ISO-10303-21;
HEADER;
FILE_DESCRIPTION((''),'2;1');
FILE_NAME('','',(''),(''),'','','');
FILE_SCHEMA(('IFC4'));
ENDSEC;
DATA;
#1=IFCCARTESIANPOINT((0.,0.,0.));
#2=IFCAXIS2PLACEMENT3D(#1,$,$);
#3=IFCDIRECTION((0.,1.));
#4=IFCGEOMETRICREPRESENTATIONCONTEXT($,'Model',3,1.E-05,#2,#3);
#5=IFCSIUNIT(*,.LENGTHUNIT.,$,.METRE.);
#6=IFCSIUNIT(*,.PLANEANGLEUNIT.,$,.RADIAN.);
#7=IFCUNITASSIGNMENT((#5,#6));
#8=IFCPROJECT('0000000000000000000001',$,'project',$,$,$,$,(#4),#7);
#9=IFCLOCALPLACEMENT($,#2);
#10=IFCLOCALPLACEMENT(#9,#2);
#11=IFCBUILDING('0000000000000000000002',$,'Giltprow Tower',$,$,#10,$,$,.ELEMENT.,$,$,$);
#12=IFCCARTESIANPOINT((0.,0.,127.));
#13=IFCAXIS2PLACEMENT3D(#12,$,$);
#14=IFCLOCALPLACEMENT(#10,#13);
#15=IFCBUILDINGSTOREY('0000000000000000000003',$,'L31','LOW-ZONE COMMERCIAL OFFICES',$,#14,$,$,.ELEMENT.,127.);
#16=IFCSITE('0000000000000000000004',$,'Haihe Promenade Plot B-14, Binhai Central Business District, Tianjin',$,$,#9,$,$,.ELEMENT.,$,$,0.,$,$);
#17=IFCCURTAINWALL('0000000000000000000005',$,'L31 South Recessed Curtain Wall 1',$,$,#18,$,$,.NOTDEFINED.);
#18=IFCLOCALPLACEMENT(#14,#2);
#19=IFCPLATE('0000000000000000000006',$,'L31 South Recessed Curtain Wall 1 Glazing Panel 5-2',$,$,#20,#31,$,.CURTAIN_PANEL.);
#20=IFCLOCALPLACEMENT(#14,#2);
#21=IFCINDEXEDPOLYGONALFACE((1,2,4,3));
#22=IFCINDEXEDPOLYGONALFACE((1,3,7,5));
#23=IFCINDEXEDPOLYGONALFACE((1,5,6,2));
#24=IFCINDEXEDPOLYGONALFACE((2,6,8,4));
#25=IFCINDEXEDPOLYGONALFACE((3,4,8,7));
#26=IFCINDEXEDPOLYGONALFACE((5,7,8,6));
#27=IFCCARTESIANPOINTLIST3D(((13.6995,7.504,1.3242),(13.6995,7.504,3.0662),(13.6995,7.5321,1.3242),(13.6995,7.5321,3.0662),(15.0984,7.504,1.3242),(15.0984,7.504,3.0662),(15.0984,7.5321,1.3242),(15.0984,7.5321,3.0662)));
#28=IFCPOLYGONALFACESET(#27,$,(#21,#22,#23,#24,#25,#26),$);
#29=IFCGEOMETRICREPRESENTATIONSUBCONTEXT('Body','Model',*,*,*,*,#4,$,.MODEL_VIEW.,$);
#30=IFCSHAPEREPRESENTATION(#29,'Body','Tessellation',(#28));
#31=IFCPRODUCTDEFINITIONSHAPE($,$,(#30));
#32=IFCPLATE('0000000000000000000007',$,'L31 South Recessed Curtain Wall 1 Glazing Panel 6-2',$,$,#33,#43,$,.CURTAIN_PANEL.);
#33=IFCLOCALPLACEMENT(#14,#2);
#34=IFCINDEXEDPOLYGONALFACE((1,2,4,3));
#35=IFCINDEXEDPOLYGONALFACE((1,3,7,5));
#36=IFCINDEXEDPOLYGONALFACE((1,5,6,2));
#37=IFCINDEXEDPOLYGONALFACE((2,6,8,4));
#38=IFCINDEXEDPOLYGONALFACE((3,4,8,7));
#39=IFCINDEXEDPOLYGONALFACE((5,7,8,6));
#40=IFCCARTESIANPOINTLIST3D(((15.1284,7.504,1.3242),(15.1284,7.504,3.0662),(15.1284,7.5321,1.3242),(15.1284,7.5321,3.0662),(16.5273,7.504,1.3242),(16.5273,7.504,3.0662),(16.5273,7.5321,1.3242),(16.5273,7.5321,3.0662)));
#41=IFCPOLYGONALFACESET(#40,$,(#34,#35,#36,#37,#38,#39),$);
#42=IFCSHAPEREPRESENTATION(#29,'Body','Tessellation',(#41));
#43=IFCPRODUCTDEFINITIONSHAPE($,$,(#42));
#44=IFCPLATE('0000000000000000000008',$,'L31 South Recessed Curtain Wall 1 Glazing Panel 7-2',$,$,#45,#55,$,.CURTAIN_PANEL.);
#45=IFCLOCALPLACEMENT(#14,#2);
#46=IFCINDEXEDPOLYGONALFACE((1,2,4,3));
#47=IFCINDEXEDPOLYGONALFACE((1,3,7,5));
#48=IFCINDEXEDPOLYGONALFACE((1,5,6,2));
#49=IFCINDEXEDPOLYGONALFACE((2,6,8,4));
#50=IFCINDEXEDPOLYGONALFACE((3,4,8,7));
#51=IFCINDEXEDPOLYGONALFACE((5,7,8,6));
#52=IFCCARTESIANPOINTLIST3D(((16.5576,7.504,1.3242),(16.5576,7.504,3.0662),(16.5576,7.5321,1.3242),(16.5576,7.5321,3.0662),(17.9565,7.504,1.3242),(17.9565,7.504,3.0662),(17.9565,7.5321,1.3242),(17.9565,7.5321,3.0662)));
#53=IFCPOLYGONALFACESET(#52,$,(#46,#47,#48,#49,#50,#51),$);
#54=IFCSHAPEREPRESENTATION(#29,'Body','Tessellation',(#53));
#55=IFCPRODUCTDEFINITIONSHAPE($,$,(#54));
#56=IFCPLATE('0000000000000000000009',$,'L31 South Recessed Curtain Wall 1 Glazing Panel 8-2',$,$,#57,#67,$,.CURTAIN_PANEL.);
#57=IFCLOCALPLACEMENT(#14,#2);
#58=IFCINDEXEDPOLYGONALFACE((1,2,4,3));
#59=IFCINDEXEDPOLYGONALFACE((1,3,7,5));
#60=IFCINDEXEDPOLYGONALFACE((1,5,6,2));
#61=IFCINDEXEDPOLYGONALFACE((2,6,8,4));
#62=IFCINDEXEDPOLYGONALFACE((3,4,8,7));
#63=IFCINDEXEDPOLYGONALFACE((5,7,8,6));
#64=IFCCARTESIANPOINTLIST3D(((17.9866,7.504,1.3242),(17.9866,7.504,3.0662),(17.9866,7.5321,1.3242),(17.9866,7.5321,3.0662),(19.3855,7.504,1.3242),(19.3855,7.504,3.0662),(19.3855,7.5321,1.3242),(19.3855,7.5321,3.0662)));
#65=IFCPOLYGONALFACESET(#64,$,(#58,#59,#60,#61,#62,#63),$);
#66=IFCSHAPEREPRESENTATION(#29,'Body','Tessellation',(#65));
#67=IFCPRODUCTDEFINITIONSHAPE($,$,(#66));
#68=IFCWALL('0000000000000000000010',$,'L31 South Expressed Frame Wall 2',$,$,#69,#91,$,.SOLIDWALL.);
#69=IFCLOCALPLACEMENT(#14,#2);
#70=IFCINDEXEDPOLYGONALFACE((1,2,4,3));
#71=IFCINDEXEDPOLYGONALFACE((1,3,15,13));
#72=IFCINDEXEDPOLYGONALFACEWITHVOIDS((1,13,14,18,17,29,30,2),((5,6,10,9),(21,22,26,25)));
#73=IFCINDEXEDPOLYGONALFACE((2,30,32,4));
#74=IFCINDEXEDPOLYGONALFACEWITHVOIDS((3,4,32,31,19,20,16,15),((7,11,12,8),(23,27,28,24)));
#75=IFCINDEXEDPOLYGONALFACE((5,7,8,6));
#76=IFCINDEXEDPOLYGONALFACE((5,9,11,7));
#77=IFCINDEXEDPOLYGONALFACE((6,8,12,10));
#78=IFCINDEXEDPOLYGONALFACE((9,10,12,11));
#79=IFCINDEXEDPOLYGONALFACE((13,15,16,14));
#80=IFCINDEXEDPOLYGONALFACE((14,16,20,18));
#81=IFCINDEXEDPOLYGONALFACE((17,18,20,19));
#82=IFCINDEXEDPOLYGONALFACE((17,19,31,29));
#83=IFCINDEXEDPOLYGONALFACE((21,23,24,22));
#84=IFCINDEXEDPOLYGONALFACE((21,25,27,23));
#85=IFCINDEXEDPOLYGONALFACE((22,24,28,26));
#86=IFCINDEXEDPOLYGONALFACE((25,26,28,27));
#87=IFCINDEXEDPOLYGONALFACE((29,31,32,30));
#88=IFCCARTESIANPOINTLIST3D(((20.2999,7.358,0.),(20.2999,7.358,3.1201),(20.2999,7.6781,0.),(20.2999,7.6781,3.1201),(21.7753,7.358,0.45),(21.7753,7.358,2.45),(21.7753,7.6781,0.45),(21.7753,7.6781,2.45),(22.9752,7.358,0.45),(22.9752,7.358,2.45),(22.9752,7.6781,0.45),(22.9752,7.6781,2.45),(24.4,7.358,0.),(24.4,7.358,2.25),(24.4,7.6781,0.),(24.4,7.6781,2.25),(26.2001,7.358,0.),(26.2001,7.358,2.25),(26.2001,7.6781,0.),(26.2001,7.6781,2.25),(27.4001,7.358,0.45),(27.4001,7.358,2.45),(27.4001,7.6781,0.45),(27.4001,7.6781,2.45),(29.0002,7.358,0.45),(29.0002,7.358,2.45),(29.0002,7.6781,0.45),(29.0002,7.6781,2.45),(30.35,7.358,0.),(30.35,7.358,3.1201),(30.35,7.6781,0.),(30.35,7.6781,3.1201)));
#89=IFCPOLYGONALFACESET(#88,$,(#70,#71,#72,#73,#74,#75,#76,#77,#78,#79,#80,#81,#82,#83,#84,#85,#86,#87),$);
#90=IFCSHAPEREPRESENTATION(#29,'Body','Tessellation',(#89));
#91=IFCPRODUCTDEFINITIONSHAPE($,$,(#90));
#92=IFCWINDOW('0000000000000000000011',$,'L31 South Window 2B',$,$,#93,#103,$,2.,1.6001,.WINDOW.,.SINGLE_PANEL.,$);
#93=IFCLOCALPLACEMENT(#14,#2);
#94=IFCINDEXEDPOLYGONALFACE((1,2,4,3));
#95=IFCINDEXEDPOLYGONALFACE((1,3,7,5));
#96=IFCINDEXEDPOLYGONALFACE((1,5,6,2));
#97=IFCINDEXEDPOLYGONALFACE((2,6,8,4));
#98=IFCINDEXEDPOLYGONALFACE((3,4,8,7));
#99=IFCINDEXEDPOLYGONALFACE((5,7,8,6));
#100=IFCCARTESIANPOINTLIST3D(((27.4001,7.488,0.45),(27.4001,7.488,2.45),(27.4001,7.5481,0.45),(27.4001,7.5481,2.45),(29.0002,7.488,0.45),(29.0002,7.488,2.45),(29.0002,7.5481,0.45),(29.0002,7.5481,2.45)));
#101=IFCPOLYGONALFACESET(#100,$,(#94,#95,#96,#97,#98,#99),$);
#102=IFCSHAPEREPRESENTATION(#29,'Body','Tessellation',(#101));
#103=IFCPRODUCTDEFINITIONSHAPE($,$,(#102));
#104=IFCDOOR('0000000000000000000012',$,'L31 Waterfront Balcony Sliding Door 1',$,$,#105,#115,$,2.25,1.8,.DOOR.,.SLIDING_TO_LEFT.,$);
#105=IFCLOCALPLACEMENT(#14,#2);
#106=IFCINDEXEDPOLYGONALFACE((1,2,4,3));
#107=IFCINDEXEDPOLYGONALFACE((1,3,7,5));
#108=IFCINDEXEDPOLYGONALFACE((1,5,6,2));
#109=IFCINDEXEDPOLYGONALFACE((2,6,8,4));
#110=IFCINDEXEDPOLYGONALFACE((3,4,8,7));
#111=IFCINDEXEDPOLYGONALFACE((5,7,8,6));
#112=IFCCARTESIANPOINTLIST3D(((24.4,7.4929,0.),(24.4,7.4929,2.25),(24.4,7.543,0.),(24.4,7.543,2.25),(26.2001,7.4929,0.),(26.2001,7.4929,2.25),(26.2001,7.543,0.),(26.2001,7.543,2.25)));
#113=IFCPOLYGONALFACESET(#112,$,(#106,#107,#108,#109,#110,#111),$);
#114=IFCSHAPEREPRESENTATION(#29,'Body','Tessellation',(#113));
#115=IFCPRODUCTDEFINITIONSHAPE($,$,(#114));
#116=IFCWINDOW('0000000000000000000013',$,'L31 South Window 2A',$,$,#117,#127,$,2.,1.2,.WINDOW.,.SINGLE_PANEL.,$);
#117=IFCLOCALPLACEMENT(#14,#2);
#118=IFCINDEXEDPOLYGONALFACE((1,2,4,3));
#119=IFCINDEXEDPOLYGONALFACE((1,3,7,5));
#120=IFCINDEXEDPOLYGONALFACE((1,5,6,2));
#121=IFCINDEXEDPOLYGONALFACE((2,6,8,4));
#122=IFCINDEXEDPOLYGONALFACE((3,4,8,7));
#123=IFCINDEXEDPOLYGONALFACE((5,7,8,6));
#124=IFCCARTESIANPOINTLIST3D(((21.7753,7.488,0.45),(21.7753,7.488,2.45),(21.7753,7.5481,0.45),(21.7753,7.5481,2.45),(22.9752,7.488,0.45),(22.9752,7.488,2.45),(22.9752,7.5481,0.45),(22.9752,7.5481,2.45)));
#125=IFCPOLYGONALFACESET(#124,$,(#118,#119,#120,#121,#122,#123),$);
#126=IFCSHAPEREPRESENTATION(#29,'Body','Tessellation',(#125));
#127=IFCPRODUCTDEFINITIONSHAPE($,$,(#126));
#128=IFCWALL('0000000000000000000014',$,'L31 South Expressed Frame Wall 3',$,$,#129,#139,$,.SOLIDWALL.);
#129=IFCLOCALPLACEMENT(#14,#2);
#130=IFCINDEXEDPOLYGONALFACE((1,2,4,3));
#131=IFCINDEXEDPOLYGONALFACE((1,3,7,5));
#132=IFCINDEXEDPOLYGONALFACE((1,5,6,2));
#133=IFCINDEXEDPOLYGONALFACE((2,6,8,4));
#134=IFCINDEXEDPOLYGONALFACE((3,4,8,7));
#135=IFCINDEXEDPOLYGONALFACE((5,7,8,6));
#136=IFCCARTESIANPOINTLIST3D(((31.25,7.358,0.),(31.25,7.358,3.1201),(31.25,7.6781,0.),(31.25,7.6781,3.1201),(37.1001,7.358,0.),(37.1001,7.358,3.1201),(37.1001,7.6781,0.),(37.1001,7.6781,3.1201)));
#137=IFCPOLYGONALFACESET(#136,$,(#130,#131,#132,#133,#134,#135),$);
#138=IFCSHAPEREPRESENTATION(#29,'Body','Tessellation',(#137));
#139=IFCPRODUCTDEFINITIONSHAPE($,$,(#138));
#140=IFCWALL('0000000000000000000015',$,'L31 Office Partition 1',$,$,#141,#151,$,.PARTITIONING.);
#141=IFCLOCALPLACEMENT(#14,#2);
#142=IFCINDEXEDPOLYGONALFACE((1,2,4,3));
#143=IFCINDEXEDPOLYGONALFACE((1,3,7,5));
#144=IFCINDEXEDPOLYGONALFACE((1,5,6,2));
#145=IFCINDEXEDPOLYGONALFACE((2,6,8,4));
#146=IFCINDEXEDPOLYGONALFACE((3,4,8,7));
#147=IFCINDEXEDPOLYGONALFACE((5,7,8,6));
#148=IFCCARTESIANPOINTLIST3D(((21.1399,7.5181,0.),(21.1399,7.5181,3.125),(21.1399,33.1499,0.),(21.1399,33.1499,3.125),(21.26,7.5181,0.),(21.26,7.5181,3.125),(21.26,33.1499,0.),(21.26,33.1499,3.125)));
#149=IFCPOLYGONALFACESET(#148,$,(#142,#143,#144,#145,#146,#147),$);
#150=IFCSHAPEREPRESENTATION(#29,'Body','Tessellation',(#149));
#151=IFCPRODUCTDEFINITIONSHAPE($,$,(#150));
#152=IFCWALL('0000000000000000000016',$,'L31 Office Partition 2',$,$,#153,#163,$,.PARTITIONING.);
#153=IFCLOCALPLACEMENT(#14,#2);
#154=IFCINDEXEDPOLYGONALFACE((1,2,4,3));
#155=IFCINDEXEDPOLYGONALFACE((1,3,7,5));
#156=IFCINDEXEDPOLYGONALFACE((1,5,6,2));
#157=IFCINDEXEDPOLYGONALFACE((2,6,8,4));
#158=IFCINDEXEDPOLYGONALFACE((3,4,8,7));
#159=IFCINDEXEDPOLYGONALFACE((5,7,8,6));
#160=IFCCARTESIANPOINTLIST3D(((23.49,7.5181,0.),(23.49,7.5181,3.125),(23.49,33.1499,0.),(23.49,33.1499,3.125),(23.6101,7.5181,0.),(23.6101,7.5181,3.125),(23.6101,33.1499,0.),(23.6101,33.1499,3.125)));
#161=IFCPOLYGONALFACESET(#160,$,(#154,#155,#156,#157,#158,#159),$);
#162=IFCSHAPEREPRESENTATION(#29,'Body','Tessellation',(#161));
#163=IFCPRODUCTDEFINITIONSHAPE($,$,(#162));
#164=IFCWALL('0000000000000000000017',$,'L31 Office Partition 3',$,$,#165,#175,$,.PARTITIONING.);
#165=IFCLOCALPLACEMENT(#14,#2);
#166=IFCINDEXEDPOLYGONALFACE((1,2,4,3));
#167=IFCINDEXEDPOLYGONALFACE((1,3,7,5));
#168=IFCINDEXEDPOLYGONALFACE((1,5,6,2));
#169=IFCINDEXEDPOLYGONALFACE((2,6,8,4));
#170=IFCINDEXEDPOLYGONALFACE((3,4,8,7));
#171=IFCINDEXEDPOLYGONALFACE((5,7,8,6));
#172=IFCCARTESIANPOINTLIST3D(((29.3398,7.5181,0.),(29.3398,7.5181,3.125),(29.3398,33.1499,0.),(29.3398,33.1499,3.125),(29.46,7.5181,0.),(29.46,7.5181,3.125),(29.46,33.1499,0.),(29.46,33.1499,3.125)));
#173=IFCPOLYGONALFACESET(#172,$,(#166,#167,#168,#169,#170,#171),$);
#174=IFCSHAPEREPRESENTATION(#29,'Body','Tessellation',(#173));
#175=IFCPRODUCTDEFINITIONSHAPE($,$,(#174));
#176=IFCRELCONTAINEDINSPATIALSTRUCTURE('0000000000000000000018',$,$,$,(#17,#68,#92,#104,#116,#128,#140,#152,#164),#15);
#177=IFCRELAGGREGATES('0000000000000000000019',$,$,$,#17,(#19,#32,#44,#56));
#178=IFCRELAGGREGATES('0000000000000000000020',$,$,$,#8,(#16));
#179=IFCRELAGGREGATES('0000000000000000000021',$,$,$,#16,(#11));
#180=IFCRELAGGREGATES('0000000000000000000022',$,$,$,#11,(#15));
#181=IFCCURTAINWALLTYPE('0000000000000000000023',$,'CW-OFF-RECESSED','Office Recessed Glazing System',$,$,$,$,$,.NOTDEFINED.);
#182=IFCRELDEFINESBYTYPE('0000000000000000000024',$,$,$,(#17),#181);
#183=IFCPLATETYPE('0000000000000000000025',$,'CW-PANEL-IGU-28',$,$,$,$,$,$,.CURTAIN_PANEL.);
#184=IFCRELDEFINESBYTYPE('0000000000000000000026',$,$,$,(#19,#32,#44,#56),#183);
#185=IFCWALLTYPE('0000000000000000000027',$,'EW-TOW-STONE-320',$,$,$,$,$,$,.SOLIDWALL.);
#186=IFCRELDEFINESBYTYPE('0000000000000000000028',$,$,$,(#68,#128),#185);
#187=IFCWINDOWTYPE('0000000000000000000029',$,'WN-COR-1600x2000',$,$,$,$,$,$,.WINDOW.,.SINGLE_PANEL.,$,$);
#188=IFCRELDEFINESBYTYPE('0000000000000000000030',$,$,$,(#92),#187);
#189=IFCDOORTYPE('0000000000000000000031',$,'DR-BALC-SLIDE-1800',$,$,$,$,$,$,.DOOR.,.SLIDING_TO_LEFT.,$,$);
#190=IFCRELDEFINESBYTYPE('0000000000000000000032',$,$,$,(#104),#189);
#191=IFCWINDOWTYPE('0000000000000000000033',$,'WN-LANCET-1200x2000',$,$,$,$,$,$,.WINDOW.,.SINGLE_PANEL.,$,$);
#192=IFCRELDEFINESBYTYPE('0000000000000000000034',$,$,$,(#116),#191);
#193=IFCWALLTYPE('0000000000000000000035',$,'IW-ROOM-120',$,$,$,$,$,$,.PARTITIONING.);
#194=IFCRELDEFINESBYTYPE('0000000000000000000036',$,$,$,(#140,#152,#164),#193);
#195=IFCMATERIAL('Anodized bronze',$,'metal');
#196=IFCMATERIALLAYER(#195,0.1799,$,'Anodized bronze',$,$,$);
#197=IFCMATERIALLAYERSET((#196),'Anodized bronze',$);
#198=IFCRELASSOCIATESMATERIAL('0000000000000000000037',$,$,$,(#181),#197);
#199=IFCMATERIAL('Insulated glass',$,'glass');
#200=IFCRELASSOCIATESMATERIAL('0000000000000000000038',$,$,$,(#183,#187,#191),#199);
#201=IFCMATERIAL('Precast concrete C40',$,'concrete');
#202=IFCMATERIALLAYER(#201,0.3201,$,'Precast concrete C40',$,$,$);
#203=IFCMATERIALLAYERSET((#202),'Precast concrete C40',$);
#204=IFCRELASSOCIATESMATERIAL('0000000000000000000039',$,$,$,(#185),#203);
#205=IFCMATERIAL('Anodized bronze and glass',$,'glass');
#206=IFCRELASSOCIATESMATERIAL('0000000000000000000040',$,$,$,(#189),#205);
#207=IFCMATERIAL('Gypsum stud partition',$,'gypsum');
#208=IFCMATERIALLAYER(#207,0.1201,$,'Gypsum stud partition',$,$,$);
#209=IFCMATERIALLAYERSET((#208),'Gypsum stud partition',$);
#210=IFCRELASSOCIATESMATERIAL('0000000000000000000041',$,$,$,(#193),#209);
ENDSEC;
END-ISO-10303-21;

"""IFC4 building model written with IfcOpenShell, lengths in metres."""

from ifc_helpers import new_model, si_unit, direction, frame, frame_2d, origin, origin_2d, place, context, subcontext, project, spatial, rectangle, extrude, source, transform, mapped, material, layer, layer_set, type_object, element, fill, aggregate, save


model = new_model("IFC4")

# Units and contexts
model_context = context("Model", 3, precision=1e-05, world=origin(), true_north=direction((0.0, 1.0)))
body_context = subcontext(model_context, "Body", "Model", "MODEL_VIEW")
ifc_project = project(units=[si_unit("LENGTHUNIT", "METRE"), si_unit("PLANEANGLEUNIT", "RADIAN")], contexts=[model_context])

# Site, building, storey
site_placement = place(None, origin())
site = spatial("IfcSite", under=ifc_project, at=site_placement, Name="Haihe Promenade Plot B-14, Binhai Central Business District, Tianjin", CompositionType="ELEMENT", RefElevation=0.0)
building_placement = place(site_placement, origin())
building = spatial("IfcBuilding", under=site, at=building_placement, Name="Giltprow Tower", CompositionType="ELEMENT")
storey_placement = place(building_placement, frame((0.0, 0.0, 127.0)))
storey = spatial("IfcBuildingStorey", under=building, at=storey_placement, Name="L31", Description="LOW-ZONE COMMERCIAL OFFICES", CompositionType="ELEMENT", Elevation=127.0)

# Curtain wall, plates
ifc_material_1 = material(Name="Anodized bronze", Category="metal")
ifc_layer_1 = layer(ifc_material_1, 0.1799, Name="Anodized bronze")
ifc_layer_set_1 = layer_set([ifc_layer_1], Name="Anodized bronze")
curtain_wall_type = type_object("IfcCurtainWallType", Name="CW-OFF-RECESSED", Description="Office Recessed Glazing System", PredefinedType="NOTDEFINED", material=ifc_layer_set_1)
curtain_wall_placement = place(storey_placement, origin())
curtain_wall = element("IfcCurtainWall", 1, at=curtain_wall_placement, inside=storey, type_object=curtain_wall_type, Name="L31 South Recessed Curtain Wall 1", PredefinedType="NOTDEFINED")
ifc_material_2 = material(Name="Insulated glass", Category="glass")
plate_type = type_object("IfcPlateType", Name="CW-PANEL-IGU-28", PredefinedType="CURTAIN_PANEL", material=ifc_material_2)
shared_shape_1 = source(origin(), body_context, "Body", "SweptSolid", [
    extrude(rectangle(XDim=1.3989, YDim=0.0281, at=origin_2d()), origin(), (0.0, 0.0, 1.0), 1.7419),
])
plate_1_placement = place(storey_placement, frame((14.3989, 7.5181, 1.3242), z_axis=(0.0, 0.0, 1.0), x_axis=(1.0, 0.0, 0.0)))
plate_1 = element("IfcPlate", 2, at=plate_1_placement, type_object=plate_type, Name="L31 South Recessed Curtain Wall 1 Glazing Panel 5-2", PredefinedType="CURTAIN_PANEL", context=body_context, shape_type="MappedRepresentation", body=[
    mapped(shared_shape_1, transform((0.0, 0.0, 0.0), x_axis=(1.0, 0.0, 0.0), y_axis=(0.0, 1.0, 0.0), z_axis=(0.0, 0.0, 1.0), scale=1.0)),
])
plate_2_placement = place(storey_placement, frame((15.8279, 7.5181, 1.3242), z_axis=(0.0, 0.0, 1.0), x_axis=(1.0, 0.0, 0.0)))
plate_2 = element("IfcPlate", 3, at=plate_2_placement, type_object=plate_type, Name="L31 South Recessed Curtain Wall 1 Glazing Panel 6-2", PredefinedType="CURTAIN_PANEL", context=body_context, shape_type="MappedRepresentation", body=[
    mapped(shared_shape_1, transform((0.0, 0.0, 0.0), x_axis=(1.0, 0.0, 0.0), y_axis=(0.0, 1.0, 0.0), z_axis=(0.0, 0.0, 1.0), scale=1.0)),
])
plate_3_placement = place(storey_placement, frame((17.2571, 7.5181, 1.3242), z_axis=(0.0, 0.0, 1.0), x_axis=(1.0, 0.0, 0.0)))
plate_3 = element("IfcPlate", 4, at=plate_3_placement, type_object=plate_type, Name="L31 South Recessed Curtain Wall 1 Glazing Panel 7-2", PredefinedType="CURTAIN_PANEL", context=body_context, shape_type="MappedRepresentation", body=[
    mapped(shared_shape_1, transform((0.0, 0.0, 0.0), x_axis=(1.0, 0.0, 0.0), y_axis=(0.0, 1.0, 0.0), z_axis=(0.0, 0.0, 1.0), scale=1.0)),
])
plate_4_placement = place(storey_placement, frame((18.686, 7.5181, 1.3242), z_axis=(0.0, 0.0, 1.0), x_axis=(1.0, 0.0, 0.0)))
plate_4 = element("IfcPlate", 5, at=plate_4_placement, type_object=plate_type, Name="L31 South Recessed Curtain Wall 1 Glazing Panel 8-2", PredefinedType="CURTAIN_PANEL", context=body_context, shape_type="MappedRepresentation", body=[
    mapped(shared_shape_1, transform((0.0, 0.0, 0.0), x_axis=(1.0, 0.0, 0.0), y_axis=(0.0, 1.0, 0.0), z_axis=(0.0, 0.0, 1.0), scale=1.0)),
])
aggregate(curtain_wall, [plate_1, plate_2, plate_3, plate_4])

# Wall, openings, windows, door
ifc_material_3 = material(Name="Precast concrete C40", Category="concrete")
ifc_layer_2 = layer(ifc_material_3, 0.3201, Name="Precast concrete C40")
ifc_layer_set_2 = layer_set([ifc_layer_2], Name="Precast concrete C40")
wall_type_1 = type_object("IfcWallType", Name="EW-TOW-STONE-320", PredefinedType="SOLIDWALL", material=ifc_layer_set_2)
wall_1_placement = place(storey_placement, frame((20.3, 7.5181, 0.0), z_axis=(0.0, 0.0, 1.0), x_axis=(1.0, 0.0, 0.0)))
wall_1 = element("IfcWall", 6, at=wall_1_placement, inside=storey, type_object=wall_type_1, Name="L31 South Expressed Frame Wall 2", PredefinedType="SOLIDWALL", context=body_context, shape_type="SweptSolid", body=[
    extrude(rectangle(XDim=10.05, YDim=0.3201, at=frame_2d((5.0249, 0.0))), origin(), (0.0, 0.0, 1.0), 3.1201),
])
opening_1_placement = place(wall_1_placement, frame((4.1001, 0.0, 0.0)))
opening_1 = element("IfcOpeningElement", 7, at=opening_1_placement, cuts=wall_1, PredefinedType="OPENING", context=body_context, shape_type="SweptSolid", body=[
    extrude(rectangle(XDim=1.8, YDim=2.25, at=frame_2d((0.8999, 1.125))), frame((0.0, 0.1699, 0.0), z_axis=(0.0, -1.0, 0.0), x_axis=(1.0, 0.0, 0.0)), (0.0, 0.0, 1.0), 0.3401),
])
opening_2_placement = place(wall_1_placement, frame((1.4751, 0.0, 0.45)))
opening_2 = element("IfcOpeningElement", 8, at=opening_2_placement, cuts=wall_1, PredefinedType="OPENING", context=body_context, shape_type="SweptSolid", body=[
    extrude(rectangle(XDim=1.2, YDim=2.0, at=frame_2d((0.6001, 1.0))), frame((0.0, 0.1699, 0.0), z_axis=(0.0, -1.0, 0.0), x_axis=(1.0, 0.0, 0.0)), (0.0, 0.0, 1.0), 0.3401),
])
opening_3_placement = place(wall_1_placement, frame((7.1001, 0.0, 0.45)))
opening_3 = element("IfcOpeningElement", 9, at=opening_3_placement, cuts=wall_1, PredefinedType="OPENING", context=body_context, shape_type="SweptSolid", body=[
    extrude(rectangle(XDim=1.6001, YDim=2.0, at=frame_2d((0.8, 1.0))), frame((0.0, 0.1699, 0.0), z_axis=(0.0, -1.0, 0.0), x_axis=(1.0, 0.0, 0.0)), (0.0, 0.0, 1.0), 0.3401),
])
window_type_1 = type_object("IfcWindowType", Name="WN-COR-1600x2000", PartitioningType="SINGLE_PANEL", PredefinedType="WINDOW", material=ifc_material_2)
shared_shape_2 = source(origin(), body_context, "Body", "SweptSolid", [
    extrude(rectangle(XDim=1.6001, YDim=2.0, at=frame_2d((0.8, 1.0))), frame((0.0, 0.03, 0.0), z_axis=(0.0, -1.0, 0.0), x_axis=(1.0, 0.0, 0.0)), (0.0, 0.0, 1.0), 0.0601),
])
window_1_placement = place(opening_3_placement, origin())
window_1 = element("IfcWindow", 10, at=window_1_placement, inside=storey, type_object=window_type_1, Name="L31 South Window 2B", OverallHeight=2.0, OverallWidth=1.6001, PartitioningType="SINGLE_PANEL", PredefinedType="WINDOW", context=body_context, shape_type="MappedRepresentation", body=[
    mapped(shared_shape_2, transform((0.0, 0.0, 0.0), x_axis=(1.0, 0.0, 0.0), y_axis=(0.0, 1.0, 0.0), z_axis=(0.0, 0.0, 1.0), scale=1.0)),
])
fill(opening_3, window_1)
ifc_material_4 = material(Name="Anodized bronze and glass", Category="glass")
door_type = type_object("IfcDoorType", Name="DR-BALC-SLIDE-1800", OperationType="SLIDING_TO_LEFT", PredefinedType="DOOR", material=ifc_material_4)
shared_shape_3 = source(origin(), body_context, "Body", "SweptSolid", [
    extrude(rectangle(XDim=1.8, YDim=2.25, at=frame_2d((0.8999, 1.125))), frame((0.0, 0.0249, 0.0), z_axis=(0.0, -1.0, 0.0), x_axis=(1.0, 0.0, 0.0)), (0.0, 0.0, 1.0), 0.05),
])
door_placement = place(opening_1_placement, origin())
door = element("IfcDoor", 11, at=door_placement, inside=storey, type_object=door_type, Name="L31 Waterfront Balcony Sliding Door 1", OperationType="SLIDING_TO_LEFT", OverallHeight=2.25, OverallWidth=1.8, PredefinedType="DOOR", context=body_context, shape_type="MappedRepresentation", body=[
    mapped(shared_shape_3, transform((0.0, 0.0, 0.0), x_axis=(1.0, 0.0, 0.0), y_axis=(0.0, 1.0, 0.0), z_axis=(0.0, 0.0, 1.0), scale=1.0)),
])
fill(opening_1, door)
window_type_2 = type_object("IfcWindowType", Name="WN-LANCET-1200x2000", PartitioningType="SINGLE_PANEL", PredefinedType="WINDOW", material=ifc_material_2)
shared_shape_4 = source(origin(), body_context, "Body", "SweptSolid", [
    extrude(rectangle(XDim=1.2, YDim=2.0, at=frame_2d((0.6001, 1.0))), frame((0.0, 0.03, 0.0), z_axis=(0.0, -1.0, 0.0), x_axis=(1.0, 0.0, 0.0)), (0.0, 0.0, 1.0), 0.0601),
])
window_2_placement = place(opening_2_placement, origin())
window_2 = element("IfcWindow", 12, at=window_2_placement, inside=storey, type_object=window_type_2, Name="L31 South Window 2A", OverallHeight=2.0, OverallWidth=1.2, PartitioningType="SINGLE_PANEL", PredefinedType="WINDOW", context=body_context, shape_type="MappedRepresentation", body=[
    mapped(shared_shape_4, transform((0.0, 0.0, 0.0), x_axis=(1.0, 0.0, 0.0), y_axis=(0.0, 1.0, 0.0), z_axis=(0.0, 0.0, 1.0), scale=1.0)),
])
fill(opening_2, window_2)

# Walls
wall_2_placement = place(storey_placement, frame((31.25, 7.5181, 0.0), z_axis=(0.0, 0.0, 1.0), x_axis=(1.0, 0.0, 0.0)))
element("IfcWall", 13, at=wall_2_placement, inside=storey, type_object=wall_type_1, Name="L31 South Expressed Frame Wall 3", PredefinedType="SOLIDWALL", context=body_context, shape_type="SweptSolid", body=[
    extrude(rectangle(XDim=5.8501, YDim=0.3201, at=frame_2d((2.925, 0.0))), origin(), (0.0, 0.0, 1.0), 3.1201),
])
ifc_material_5 = material(Name="Gypsum stud partition", Category="gypsum")
ifc_layer_3 = layer(ifc_material_5, 0.1201, Name="Gypsum stud partition")
ifc_layer_set_3 = layer_set([ifc_layer_3], Name="Gypsum stud partition")
wall_type_2 = type_object("IfcWallType", Name="IW-ROOM-120", PredefinedType="PARTITIONING", material=ifc_layer_set_3)
for number, where, z_axis, x_axis, name in (
    (14, (21.2, 7.5181, 0.0), (0.0, 0.0, 1.0), (0.0, 1.0, 0.0), "L31 Office Partition 1"),
    (15, (23.55, 7.5181, 0.0), (0.0, 0.0, 1.0), (0.0, 1.0, 0.0), "L31 Office Partition 2"),
    (16, (29.3999, 7.5181, 0.0), (0.0, 0.0, 1.0), (0.0, 1.0, 0.0), "L31 Office Partition 3"),
):
    element("IfcWall", number, at=place(storey_placement, frame(where, z_axis=z_axis, x_axis=x_axis)), inside=storey, type_object=wall_type_2, Name=name, PredefinedType="PARTITIONING", context=body_context, shape_type="SweptSolid", body=[
        extrude(rectangle(XDim=25.6318, YDim=0.1201, at=frame_2d((12.8159, 0.0))), origin(), (0.0, 0.0, 1.0), 3.125),
    ])

save(model, "model.ifc")
